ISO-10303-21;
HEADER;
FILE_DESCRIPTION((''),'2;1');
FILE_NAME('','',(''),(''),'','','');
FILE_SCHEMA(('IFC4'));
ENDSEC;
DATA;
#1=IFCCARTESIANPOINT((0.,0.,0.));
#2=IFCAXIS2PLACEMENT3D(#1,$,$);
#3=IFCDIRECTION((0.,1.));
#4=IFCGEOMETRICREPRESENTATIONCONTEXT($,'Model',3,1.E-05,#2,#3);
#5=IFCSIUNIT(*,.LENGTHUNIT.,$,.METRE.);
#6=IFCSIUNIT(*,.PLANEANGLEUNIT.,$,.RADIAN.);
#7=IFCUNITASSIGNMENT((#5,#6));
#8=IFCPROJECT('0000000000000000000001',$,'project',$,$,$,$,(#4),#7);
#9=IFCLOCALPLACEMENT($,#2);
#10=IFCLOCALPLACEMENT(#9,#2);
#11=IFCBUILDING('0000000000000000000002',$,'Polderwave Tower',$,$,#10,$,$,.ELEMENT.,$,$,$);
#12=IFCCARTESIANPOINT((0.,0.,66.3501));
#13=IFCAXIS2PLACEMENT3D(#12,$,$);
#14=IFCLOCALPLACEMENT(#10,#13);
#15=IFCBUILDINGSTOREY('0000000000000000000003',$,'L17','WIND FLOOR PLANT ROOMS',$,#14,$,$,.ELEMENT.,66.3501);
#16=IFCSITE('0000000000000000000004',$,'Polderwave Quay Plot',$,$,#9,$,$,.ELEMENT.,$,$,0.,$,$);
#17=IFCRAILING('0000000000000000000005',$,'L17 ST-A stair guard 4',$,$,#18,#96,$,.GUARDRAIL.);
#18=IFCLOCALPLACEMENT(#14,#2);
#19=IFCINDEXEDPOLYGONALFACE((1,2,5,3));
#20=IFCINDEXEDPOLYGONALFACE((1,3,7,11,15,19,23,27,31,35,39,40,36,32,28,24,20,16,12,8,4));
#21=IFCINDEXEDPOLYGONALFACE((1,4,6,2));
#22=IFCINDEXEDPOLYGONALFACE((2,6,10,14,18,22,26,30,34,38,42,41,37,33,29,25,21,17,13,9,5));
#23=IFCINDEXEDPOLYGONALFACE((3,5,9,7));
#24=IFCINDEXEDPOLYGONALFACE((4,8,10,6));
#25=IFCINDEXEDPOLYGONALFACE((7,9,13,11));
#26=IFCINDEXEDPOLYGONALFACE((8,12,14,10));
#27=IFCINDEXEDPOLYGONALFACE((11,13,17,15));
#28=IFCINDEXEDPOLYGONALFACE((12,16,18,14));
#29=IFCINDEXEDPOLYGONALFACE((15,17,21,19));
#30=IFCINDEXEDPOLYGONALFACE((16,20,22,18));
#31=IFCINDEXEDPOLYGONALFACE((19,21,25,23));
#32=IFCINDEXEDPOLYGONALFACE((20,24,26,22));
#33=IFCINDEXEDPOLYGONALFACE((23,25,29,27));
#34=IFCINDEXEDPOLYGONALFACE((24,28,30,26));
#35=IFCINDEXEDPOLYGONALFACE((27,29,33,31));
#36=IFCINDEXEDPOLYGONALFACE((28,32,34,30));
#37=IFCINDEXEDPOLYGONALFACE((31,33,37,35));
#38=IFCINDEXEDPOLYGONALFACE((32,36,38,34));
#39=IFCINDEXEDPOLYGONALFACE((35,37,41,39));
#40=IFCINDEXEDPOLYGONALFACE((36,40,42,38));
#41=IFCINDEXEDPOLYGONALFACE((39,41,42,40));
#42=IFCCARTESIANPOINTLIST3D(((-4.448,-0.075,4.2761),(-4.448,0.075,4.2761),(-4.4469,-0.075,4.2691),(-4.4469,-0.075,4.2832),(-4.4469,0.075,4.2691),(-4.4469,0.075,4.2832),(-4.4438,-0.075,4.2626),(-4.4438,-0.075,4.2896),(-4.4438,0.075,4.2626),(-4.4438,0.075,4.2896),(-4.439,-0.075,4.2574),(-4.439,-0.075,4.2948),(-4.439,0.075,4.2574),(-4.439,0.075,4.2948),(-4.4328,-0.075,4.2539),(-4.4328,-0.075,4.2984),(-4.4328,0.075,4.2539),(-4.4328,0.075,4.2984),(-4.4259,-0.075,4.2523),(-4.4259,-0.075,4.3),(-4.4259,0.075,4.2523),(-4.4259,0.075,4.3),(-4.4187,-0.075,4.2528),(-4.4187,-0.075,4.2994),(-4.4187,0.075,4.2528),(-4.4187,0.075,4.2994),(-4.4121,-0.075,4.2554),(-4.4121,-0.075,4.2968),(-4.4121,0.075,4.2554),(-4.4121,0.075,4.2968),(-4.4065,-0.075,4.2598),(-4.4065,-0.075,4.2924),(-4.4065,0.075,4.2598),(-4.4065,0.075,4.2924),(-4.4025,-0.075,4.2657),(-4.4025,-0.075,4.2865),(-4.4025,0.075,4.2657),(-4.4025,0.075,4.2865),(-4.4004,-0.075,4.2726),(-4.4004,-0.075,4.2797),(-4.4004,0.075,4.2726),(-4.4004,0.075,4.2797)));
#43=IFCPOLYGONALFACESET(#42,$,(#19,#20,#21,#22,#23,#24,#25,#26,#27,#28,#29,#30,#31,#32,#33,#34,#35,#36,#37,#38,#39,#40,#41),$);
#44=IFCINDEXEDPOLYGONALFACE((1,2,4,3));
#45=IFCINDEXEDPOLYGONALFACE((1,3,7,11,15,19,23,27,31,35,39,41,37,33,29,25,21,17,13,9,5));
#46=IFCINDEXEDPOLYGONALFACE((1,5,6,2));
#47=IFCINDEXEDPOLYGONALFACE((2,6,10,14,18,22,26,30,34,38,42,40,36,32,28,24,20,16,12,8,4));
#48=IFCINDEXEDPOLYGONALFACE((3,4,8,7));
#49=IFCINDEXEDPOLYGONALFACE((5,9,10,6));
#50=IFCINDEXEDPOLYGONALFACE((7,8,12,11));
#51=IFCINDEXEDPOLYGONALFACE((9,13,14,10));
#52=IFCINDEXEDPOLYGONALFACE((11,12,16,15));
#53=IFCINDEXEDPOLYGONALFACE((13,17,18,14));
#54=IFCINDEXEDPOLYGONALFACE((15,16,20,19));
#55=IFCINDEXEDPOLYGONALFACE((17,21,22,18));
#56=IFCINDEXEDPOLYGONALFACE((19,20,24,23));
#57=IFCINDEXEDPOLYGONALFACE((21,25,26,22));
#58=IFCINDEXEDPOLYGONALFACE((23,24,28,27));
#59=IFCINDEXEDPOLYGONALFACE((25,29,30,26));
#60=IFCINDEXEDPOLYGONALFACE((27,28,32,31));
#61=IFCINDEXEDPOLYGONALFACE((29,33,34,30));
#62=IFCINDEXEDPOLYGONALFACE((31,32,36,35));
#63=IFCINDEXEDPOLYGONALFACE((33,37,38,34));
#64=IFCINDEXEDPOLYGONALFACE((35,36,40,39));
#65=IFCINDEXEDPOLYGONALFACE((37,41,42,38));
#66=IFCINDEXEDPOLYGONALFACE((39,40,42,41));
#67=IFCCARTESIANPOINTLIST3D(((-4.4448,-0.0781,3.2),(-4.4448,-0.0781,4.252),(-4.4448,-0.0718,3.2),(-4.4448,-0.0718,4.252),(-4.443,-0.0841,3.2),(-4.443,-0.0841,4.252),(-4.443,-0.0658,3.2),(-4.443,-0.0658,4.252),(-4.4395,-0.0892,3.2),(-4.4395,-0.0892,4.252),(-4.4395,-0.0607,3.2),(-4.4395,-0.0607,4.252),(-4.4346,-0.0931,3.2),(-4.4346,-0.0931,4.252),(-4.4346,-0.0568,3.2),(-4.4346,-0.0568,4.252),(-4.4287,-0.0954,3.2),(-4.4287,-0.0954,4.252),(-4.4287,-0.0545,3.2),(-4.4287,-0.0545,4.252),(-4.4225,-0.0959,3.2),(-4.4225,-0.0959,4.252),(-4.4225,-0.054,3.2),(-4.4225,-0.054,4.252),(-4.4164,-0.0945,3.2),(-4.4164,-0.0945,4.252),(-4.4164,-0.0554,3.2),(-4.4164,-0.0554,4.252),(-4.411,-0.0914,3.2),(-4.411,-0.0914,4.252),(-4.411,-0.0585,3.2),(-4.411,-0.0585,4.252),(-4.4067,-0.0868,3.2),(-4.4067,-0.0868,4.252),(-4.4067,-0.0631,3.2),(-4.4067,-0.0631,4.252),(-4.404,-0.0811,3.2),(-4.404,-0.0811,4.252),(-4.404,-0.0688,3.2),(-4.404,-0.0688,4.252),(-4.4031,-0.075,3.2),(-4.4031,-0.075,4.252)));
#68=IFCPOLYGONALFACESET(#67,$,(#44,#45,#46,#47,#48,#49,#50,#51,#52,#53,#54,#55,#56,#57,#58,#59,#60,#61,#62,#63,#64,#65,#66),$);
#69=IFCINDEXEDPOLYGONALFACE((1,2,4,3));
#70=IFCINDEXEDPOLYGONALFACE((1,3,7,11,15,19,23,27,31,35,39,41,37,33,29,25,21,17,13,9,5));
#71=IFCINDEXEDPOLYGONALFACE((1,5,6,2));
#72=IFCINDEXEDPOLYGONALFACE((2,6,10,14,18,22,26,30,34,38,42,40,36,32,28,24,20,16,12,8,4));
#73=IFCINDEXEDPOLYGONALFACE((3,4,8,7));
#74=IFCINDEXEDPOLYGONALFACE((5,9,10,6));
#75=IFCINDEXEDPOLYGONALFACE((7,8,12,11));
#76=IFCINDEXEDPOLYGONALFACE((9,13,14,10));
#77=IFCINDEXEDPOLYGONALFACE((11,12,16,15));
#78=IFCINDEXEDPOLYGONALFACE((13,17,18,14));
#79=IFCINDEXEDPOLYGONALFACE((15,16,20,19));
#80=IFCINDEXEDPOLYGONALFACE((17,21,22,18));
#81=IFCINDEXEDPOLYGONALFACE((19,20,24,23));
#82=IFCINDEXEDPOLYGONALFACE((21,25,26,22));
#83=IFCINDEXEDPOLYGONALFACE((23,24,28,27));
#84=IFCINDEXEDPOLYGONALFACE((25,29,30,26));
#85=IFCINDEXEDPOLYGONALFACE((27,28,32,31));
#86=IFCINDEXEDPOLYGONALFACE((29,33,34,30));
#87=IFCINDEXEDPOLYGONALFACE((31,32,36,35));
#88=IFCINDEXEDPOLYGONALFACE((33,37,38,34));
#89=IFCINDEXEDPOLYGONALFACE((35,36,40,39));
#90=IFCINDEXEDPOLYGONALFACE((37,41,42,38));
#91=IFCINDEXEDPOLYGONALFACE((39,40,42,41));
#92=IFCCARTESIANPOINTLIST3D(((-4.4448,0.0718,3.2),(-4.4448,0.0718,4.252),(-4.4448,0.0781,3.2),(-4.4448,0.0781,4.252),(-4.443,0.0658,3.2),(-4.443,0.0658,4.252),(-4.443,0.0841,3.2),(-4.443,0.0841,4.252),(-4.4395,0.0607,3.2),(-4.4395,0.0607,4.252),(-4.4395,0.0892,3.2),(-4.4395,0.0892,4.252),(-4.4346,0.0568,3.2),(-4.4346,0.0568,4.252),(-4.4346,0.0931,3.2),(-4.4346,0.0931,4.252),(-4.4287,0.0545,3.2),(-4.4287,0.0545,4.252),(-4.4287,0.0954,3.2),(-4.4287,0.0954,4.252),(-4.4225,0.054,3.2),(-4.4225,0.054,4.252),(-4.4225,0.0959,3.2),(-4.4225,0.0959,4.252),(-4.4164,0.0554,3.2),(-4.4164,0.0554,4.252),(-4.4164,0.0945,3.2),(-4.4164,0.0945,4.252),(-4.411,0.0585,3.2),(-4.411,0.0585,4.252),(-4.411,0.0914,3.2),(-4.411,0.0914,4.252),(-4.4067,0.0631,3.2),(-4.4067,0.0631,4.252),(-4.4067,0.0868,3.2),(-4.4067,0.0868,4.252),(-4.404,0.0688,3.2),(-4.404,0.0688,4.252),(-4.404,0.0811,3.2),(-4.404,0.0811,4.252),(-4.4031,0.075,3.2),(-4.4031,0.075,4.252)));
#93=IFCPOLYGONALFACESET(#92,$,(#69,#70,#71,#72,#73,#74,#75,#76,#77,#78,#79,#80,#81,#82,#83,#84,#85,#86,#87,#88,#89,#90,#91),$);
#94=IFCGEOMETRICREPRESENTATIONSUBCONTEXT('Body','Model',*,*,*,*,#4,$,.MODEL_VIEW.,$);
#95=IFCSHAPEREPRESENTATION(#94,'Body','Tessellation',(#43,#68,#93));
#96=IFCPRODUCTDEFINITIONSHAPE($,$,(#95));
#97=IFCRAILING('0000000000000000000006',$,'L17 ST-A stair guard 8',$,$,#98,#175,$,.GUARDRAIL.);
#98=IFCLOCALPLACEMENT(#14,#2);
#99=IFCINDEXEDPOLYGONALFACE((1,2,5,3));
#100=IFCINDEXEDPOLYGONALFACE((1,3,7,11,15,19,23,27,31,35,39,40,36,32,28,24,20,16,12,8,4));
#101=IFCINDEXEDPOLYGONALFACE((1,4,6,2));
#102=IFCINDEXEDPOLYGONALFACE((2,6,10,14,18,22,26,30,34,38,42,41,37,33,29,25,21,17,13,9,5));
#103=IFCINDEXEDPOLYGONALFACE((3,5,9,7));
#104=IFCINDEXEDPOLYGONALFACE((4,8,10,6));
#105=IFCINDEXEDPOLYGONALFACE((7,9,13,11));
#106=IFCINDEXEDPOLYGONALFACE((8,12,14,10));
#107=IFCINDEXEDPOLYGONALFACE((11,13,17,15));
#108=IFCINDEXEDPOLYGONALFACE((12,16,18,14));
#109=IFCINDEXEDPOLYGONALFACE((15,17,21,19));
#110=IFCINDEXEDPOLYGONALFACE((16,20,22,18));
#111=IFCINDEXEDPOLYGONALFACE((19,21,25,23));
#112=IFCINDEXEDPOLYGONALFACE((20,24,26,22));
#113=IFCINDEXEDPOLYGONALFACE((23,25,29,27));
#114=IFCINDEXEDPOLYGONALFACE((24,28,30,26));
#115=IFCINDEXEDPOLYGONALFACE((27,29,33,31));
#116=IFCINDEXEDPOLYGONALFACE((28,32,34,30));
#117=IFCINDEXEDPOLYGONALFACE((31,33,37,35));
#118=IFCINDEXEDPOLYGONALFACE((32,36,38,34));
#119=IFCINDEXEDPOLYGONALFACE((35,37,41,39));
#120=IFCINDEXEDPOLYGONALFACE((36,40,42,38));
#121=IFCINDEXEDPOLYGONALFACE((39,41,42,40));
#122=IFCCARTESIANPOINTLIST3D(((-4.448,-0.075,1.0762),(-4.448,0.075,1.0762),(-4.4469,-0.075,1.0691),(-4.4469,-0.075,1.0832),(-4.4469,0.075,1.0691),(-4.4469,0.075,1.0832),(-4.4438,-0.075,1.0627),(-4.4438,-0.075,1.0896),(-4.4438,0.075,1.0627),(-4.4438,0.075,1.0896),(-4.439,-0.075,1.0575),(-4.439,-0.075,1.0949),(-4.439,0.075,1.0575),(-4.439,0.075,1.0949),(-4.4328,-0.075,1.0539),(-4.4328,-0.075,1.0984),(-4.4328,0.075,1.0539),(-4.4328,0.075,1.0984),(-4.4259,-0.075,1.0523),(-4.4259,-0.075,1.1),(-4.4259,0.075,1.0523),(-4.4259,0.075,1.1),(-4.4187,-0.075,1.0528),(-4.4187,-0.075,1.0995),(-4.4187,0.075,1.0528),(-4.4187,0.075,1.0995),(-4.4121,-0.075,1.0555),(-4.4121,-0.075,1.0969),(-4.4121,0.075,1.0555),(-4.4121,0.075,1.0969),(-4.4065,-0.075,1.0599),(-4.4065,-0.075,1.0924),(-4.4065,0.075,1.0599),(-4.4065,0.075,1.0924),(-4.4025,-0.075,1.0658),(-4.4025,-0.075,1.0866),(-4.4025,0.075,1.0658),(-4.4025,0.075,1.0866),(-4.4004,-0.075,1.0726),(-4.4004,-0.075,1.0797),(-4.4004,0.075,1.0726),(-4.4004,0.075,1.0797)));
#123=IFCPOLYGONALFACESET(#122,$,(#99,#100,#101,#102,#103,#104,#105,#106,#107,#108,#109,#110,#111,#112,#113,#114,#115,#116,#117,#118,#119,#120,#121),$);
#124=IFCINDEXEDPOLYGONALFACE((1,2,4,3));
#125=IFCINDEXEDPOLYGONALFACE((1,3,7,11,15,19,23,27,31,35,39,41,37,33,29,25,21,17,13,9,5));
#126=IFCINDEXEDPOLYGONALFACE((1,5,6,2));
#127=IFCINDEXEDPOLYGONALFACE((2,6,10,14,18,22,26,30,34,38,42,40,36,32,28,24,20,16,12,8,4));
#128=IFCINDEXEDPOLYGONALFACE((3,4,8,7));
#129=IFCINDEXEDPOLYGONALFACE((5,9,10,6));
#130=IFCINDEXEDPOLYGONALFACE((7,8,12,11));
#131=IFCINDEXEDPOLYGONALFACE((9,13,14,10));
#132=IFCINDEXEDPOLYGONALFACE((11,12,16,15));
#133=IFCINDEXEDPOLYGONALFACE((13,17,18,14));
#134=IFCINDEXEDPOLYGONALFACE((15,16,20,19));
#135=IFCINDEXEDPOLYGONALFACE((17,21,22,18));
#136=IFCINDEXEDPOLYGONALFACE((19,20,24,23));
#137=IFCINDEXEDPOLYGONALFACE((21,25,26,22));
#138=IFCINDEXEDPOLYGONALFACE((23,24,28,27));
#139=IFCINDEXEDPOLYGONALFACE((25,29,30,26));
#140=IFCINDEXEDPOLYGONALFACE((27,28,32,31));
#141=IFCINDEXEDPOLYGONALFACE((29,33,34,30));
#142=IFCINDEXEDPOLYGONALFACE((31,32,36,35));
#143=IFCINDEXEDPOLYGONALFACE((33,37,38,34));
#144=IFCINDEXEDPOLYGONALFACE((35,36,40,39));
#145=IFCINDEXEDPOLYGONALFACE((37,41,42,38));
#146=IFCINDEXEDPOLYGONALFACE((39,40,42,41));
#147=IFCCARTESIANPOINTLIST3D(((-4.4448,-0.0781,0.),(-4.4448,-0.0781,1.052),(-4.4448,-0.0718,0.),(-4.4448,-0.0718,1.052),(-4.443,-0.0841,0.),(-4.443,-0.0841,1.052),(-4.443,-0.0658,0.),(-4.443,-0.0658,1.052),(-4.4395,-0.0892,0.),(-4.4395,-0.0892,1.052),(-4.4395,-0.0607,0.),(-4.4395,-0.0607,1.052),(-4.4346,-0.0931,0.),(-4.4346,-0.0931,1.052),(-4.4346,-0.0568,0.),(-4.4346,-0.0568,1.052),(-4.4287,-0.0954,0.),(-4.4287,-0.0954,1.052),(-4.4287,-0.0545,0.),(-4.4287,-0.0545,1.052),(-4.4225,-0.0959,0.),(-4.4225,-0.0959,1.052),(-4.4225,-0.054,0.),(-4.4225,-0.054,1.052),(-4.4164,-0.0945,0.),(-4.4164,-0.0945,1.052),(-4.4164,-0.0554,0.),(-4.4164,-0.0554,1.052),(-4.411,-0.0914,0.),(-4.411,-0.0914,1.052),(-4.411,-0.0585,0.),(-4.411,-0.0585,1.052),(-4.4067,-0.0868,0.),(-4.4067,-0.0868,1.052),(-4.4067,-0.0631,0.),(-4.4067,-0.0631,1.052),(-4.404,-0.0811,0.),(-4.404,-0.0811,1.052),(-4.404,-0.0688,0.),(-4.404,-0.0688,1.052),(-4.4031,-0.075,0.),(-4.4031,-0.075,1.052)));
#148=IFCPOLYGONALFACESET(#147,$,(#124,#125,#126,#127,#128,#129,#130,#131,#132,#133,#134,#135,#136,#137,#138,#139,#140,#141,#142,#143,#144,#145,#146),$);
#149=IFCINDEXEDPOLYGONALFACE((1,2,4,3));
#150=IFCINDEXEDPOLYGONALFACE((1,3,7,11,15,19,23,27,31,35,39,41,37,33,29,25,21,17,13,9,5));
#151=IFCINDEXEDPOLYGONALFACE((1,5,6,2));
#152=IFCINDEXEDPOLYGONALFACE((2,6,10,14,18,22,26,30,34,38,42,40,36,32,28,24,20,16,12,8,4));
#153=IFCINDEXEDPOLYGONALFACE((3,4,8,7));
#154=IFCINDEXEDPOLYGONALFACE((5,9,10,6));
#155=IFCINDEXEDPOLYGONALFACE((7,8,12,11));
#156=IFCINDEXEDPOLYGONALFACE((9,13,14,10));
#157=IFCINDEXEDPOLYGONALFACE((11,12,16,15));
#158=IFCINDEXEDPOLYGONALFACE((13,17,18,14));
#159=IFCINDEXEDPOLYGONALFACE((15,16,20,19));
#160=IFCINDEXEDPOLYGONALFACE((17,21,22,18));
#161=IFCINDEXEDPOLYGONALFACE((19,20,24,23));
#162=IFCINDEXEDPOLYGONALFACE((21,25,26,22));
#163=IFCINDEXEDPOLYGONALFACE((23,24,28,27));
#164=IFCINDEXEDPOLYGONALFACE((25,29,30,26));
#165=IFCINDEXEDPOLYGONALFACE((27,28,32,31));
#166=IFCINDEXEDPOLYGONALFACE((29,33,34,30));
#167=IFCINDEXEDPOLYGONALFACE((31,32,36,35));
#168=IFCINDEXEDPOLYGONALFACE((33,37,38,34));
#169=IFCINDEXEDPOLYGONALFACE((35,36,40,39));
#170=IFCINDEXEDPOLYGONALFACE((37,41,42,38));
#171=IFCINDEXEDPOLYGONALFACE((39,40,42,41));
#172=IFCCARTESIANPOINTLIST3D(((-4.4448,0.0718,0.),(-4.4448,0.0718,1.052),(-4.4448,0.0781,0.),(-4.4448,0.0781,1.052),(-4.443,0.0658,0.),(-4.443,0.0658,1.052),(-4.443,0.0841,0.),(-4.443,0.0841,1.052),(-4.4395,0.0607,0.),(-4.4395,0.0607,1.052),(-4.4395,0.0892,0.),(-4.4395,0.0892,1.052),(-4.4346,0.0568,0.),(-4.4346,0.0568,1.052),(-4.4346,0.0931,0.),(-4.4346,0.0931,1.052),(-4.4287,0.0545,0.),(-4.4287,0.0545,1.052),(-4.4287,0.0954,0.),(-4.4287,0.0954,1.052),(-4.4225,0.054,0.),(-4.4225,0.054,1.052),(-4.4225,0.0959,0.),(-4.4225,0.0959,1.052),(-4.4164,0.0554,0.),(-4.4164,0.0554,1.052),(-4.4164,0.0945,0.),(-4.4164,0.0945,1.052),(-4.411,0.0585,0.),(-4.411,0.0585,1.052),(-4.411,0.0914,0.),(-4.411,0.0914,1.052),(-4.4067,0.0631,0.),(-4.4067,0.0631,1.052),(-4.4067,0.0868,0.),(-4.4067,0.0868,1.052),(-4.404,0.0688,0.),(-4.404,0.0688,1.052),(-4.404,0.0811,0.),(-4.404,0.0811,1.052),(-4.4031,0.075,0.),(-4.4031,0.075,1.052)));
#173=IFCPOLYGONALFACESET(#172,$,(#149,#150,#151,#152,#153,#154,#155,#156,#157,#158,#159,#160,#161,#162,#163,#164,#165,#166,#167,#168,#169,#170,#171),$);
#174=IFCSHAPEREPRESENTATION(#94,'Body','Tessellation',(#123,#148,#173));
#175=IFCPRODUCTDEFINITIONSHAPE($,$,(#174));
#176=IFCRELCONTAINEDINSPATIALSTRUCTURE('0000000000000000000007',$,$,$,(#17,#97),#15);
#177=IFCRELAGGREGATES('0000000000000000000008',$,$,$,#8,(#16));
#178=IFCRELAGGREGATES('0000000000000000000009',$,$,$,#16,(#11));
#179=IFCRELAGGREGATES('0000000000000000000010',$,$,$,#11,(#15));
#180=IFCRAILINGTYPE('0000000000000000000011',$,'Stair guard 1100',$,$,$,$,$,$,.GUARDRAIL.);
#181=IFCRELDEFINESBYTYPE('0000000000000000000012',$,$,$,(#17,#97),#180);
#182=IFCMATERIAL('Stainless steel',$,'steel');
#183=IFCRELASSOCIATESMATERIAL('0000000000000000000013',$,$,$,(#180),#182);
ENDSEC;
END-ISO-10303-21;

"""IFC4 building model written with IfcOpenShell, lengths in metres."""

from ifc_helpers import new_model, si_unit, direction, frame, origin, origin_2d, place, context, subcontext, project, spatial, circle, extrude, material, type_object, element, save


model = new_model("IFC4")

# Units and contexts
model_context = context("Model", 3, precision=1e-05, world=origin(), true_north=direction((0.0, 1.0)))
body_context = subcontext(model_context, "Body", "Model", "MODEL_VIEW")
ifc_project = project(units=[si_unit("LENGTHUNIT", "METRE"), si_unit("PLANEANGLEUNIT", "RADIAN")], contexts=[model_context])

# Site, building, storey
site_placement = place(None, origin())
site = spatial("IfcSite", under=ifc_project, at=site_placement, Name="Polderwave Quay Plot", CompositionType="ELEMENT", RefElevation=0.0)
building_placement = place(site_placement, origin())
building = spatial("IfcBuilding", under=site, at=building_placement, Name="Polderwave Tower", CompositionType="ELEMENT")
storey_placement = place(building_placement, frame((0.0, 0.0, 66.3501)))
storey = spatial("IfcBuildingStorey", under=building, at=storey_placement, Name="L17", Description="WIND FLOOR PLANT ROOMS", CompositionType="ELEMENT", Elevation=66.3501)

# Shared definitions
ifc_material_1 = material(Name="Stainless steel", Category="steel")

# Railings
railing_type = type_object("IfcRailingType", Name="Stair guard 1100", PredefinedType="GUARDRAIL", material=ifc_material_1)
for number, where, name in (
    (1, (-4.4241, -0.075, 3.2), "L17 ST-A stair guard 4"),
    (2, (-4.4241, -0.075, 0.0), "L17 ST-A stair guard 8"),
):
    element("IfcRailing", number, at=place(storey_placement, frame(where)), inside=storey, type_object=railing_type, Name=name, PredefinedType="GUARDRAIL", context=body_context, shape_type="SweptSolid", body=[
        extrude(circle(Radius=0.0239, at=origin_2d()), frame((0.0, 0.0, 1.0762), z_axis=(0.0, 1.0, 0.0), x_axis=(-1.0, 0.0, 0.0)), (0.0, 0.0, 1.0), 0.1499),
        extrude(circle(Radius=0.021, at=origin_2d()), origin(), (0.0, 0.0, 1.0), 1.052),
        extrude(circle(Radius=0.021, at=origin_2d()), frame((0.0, 0.1499, 0.0)), (0.0, 0.0, 1.0), 1.052),
    ])

save(model, "model.ifc")
